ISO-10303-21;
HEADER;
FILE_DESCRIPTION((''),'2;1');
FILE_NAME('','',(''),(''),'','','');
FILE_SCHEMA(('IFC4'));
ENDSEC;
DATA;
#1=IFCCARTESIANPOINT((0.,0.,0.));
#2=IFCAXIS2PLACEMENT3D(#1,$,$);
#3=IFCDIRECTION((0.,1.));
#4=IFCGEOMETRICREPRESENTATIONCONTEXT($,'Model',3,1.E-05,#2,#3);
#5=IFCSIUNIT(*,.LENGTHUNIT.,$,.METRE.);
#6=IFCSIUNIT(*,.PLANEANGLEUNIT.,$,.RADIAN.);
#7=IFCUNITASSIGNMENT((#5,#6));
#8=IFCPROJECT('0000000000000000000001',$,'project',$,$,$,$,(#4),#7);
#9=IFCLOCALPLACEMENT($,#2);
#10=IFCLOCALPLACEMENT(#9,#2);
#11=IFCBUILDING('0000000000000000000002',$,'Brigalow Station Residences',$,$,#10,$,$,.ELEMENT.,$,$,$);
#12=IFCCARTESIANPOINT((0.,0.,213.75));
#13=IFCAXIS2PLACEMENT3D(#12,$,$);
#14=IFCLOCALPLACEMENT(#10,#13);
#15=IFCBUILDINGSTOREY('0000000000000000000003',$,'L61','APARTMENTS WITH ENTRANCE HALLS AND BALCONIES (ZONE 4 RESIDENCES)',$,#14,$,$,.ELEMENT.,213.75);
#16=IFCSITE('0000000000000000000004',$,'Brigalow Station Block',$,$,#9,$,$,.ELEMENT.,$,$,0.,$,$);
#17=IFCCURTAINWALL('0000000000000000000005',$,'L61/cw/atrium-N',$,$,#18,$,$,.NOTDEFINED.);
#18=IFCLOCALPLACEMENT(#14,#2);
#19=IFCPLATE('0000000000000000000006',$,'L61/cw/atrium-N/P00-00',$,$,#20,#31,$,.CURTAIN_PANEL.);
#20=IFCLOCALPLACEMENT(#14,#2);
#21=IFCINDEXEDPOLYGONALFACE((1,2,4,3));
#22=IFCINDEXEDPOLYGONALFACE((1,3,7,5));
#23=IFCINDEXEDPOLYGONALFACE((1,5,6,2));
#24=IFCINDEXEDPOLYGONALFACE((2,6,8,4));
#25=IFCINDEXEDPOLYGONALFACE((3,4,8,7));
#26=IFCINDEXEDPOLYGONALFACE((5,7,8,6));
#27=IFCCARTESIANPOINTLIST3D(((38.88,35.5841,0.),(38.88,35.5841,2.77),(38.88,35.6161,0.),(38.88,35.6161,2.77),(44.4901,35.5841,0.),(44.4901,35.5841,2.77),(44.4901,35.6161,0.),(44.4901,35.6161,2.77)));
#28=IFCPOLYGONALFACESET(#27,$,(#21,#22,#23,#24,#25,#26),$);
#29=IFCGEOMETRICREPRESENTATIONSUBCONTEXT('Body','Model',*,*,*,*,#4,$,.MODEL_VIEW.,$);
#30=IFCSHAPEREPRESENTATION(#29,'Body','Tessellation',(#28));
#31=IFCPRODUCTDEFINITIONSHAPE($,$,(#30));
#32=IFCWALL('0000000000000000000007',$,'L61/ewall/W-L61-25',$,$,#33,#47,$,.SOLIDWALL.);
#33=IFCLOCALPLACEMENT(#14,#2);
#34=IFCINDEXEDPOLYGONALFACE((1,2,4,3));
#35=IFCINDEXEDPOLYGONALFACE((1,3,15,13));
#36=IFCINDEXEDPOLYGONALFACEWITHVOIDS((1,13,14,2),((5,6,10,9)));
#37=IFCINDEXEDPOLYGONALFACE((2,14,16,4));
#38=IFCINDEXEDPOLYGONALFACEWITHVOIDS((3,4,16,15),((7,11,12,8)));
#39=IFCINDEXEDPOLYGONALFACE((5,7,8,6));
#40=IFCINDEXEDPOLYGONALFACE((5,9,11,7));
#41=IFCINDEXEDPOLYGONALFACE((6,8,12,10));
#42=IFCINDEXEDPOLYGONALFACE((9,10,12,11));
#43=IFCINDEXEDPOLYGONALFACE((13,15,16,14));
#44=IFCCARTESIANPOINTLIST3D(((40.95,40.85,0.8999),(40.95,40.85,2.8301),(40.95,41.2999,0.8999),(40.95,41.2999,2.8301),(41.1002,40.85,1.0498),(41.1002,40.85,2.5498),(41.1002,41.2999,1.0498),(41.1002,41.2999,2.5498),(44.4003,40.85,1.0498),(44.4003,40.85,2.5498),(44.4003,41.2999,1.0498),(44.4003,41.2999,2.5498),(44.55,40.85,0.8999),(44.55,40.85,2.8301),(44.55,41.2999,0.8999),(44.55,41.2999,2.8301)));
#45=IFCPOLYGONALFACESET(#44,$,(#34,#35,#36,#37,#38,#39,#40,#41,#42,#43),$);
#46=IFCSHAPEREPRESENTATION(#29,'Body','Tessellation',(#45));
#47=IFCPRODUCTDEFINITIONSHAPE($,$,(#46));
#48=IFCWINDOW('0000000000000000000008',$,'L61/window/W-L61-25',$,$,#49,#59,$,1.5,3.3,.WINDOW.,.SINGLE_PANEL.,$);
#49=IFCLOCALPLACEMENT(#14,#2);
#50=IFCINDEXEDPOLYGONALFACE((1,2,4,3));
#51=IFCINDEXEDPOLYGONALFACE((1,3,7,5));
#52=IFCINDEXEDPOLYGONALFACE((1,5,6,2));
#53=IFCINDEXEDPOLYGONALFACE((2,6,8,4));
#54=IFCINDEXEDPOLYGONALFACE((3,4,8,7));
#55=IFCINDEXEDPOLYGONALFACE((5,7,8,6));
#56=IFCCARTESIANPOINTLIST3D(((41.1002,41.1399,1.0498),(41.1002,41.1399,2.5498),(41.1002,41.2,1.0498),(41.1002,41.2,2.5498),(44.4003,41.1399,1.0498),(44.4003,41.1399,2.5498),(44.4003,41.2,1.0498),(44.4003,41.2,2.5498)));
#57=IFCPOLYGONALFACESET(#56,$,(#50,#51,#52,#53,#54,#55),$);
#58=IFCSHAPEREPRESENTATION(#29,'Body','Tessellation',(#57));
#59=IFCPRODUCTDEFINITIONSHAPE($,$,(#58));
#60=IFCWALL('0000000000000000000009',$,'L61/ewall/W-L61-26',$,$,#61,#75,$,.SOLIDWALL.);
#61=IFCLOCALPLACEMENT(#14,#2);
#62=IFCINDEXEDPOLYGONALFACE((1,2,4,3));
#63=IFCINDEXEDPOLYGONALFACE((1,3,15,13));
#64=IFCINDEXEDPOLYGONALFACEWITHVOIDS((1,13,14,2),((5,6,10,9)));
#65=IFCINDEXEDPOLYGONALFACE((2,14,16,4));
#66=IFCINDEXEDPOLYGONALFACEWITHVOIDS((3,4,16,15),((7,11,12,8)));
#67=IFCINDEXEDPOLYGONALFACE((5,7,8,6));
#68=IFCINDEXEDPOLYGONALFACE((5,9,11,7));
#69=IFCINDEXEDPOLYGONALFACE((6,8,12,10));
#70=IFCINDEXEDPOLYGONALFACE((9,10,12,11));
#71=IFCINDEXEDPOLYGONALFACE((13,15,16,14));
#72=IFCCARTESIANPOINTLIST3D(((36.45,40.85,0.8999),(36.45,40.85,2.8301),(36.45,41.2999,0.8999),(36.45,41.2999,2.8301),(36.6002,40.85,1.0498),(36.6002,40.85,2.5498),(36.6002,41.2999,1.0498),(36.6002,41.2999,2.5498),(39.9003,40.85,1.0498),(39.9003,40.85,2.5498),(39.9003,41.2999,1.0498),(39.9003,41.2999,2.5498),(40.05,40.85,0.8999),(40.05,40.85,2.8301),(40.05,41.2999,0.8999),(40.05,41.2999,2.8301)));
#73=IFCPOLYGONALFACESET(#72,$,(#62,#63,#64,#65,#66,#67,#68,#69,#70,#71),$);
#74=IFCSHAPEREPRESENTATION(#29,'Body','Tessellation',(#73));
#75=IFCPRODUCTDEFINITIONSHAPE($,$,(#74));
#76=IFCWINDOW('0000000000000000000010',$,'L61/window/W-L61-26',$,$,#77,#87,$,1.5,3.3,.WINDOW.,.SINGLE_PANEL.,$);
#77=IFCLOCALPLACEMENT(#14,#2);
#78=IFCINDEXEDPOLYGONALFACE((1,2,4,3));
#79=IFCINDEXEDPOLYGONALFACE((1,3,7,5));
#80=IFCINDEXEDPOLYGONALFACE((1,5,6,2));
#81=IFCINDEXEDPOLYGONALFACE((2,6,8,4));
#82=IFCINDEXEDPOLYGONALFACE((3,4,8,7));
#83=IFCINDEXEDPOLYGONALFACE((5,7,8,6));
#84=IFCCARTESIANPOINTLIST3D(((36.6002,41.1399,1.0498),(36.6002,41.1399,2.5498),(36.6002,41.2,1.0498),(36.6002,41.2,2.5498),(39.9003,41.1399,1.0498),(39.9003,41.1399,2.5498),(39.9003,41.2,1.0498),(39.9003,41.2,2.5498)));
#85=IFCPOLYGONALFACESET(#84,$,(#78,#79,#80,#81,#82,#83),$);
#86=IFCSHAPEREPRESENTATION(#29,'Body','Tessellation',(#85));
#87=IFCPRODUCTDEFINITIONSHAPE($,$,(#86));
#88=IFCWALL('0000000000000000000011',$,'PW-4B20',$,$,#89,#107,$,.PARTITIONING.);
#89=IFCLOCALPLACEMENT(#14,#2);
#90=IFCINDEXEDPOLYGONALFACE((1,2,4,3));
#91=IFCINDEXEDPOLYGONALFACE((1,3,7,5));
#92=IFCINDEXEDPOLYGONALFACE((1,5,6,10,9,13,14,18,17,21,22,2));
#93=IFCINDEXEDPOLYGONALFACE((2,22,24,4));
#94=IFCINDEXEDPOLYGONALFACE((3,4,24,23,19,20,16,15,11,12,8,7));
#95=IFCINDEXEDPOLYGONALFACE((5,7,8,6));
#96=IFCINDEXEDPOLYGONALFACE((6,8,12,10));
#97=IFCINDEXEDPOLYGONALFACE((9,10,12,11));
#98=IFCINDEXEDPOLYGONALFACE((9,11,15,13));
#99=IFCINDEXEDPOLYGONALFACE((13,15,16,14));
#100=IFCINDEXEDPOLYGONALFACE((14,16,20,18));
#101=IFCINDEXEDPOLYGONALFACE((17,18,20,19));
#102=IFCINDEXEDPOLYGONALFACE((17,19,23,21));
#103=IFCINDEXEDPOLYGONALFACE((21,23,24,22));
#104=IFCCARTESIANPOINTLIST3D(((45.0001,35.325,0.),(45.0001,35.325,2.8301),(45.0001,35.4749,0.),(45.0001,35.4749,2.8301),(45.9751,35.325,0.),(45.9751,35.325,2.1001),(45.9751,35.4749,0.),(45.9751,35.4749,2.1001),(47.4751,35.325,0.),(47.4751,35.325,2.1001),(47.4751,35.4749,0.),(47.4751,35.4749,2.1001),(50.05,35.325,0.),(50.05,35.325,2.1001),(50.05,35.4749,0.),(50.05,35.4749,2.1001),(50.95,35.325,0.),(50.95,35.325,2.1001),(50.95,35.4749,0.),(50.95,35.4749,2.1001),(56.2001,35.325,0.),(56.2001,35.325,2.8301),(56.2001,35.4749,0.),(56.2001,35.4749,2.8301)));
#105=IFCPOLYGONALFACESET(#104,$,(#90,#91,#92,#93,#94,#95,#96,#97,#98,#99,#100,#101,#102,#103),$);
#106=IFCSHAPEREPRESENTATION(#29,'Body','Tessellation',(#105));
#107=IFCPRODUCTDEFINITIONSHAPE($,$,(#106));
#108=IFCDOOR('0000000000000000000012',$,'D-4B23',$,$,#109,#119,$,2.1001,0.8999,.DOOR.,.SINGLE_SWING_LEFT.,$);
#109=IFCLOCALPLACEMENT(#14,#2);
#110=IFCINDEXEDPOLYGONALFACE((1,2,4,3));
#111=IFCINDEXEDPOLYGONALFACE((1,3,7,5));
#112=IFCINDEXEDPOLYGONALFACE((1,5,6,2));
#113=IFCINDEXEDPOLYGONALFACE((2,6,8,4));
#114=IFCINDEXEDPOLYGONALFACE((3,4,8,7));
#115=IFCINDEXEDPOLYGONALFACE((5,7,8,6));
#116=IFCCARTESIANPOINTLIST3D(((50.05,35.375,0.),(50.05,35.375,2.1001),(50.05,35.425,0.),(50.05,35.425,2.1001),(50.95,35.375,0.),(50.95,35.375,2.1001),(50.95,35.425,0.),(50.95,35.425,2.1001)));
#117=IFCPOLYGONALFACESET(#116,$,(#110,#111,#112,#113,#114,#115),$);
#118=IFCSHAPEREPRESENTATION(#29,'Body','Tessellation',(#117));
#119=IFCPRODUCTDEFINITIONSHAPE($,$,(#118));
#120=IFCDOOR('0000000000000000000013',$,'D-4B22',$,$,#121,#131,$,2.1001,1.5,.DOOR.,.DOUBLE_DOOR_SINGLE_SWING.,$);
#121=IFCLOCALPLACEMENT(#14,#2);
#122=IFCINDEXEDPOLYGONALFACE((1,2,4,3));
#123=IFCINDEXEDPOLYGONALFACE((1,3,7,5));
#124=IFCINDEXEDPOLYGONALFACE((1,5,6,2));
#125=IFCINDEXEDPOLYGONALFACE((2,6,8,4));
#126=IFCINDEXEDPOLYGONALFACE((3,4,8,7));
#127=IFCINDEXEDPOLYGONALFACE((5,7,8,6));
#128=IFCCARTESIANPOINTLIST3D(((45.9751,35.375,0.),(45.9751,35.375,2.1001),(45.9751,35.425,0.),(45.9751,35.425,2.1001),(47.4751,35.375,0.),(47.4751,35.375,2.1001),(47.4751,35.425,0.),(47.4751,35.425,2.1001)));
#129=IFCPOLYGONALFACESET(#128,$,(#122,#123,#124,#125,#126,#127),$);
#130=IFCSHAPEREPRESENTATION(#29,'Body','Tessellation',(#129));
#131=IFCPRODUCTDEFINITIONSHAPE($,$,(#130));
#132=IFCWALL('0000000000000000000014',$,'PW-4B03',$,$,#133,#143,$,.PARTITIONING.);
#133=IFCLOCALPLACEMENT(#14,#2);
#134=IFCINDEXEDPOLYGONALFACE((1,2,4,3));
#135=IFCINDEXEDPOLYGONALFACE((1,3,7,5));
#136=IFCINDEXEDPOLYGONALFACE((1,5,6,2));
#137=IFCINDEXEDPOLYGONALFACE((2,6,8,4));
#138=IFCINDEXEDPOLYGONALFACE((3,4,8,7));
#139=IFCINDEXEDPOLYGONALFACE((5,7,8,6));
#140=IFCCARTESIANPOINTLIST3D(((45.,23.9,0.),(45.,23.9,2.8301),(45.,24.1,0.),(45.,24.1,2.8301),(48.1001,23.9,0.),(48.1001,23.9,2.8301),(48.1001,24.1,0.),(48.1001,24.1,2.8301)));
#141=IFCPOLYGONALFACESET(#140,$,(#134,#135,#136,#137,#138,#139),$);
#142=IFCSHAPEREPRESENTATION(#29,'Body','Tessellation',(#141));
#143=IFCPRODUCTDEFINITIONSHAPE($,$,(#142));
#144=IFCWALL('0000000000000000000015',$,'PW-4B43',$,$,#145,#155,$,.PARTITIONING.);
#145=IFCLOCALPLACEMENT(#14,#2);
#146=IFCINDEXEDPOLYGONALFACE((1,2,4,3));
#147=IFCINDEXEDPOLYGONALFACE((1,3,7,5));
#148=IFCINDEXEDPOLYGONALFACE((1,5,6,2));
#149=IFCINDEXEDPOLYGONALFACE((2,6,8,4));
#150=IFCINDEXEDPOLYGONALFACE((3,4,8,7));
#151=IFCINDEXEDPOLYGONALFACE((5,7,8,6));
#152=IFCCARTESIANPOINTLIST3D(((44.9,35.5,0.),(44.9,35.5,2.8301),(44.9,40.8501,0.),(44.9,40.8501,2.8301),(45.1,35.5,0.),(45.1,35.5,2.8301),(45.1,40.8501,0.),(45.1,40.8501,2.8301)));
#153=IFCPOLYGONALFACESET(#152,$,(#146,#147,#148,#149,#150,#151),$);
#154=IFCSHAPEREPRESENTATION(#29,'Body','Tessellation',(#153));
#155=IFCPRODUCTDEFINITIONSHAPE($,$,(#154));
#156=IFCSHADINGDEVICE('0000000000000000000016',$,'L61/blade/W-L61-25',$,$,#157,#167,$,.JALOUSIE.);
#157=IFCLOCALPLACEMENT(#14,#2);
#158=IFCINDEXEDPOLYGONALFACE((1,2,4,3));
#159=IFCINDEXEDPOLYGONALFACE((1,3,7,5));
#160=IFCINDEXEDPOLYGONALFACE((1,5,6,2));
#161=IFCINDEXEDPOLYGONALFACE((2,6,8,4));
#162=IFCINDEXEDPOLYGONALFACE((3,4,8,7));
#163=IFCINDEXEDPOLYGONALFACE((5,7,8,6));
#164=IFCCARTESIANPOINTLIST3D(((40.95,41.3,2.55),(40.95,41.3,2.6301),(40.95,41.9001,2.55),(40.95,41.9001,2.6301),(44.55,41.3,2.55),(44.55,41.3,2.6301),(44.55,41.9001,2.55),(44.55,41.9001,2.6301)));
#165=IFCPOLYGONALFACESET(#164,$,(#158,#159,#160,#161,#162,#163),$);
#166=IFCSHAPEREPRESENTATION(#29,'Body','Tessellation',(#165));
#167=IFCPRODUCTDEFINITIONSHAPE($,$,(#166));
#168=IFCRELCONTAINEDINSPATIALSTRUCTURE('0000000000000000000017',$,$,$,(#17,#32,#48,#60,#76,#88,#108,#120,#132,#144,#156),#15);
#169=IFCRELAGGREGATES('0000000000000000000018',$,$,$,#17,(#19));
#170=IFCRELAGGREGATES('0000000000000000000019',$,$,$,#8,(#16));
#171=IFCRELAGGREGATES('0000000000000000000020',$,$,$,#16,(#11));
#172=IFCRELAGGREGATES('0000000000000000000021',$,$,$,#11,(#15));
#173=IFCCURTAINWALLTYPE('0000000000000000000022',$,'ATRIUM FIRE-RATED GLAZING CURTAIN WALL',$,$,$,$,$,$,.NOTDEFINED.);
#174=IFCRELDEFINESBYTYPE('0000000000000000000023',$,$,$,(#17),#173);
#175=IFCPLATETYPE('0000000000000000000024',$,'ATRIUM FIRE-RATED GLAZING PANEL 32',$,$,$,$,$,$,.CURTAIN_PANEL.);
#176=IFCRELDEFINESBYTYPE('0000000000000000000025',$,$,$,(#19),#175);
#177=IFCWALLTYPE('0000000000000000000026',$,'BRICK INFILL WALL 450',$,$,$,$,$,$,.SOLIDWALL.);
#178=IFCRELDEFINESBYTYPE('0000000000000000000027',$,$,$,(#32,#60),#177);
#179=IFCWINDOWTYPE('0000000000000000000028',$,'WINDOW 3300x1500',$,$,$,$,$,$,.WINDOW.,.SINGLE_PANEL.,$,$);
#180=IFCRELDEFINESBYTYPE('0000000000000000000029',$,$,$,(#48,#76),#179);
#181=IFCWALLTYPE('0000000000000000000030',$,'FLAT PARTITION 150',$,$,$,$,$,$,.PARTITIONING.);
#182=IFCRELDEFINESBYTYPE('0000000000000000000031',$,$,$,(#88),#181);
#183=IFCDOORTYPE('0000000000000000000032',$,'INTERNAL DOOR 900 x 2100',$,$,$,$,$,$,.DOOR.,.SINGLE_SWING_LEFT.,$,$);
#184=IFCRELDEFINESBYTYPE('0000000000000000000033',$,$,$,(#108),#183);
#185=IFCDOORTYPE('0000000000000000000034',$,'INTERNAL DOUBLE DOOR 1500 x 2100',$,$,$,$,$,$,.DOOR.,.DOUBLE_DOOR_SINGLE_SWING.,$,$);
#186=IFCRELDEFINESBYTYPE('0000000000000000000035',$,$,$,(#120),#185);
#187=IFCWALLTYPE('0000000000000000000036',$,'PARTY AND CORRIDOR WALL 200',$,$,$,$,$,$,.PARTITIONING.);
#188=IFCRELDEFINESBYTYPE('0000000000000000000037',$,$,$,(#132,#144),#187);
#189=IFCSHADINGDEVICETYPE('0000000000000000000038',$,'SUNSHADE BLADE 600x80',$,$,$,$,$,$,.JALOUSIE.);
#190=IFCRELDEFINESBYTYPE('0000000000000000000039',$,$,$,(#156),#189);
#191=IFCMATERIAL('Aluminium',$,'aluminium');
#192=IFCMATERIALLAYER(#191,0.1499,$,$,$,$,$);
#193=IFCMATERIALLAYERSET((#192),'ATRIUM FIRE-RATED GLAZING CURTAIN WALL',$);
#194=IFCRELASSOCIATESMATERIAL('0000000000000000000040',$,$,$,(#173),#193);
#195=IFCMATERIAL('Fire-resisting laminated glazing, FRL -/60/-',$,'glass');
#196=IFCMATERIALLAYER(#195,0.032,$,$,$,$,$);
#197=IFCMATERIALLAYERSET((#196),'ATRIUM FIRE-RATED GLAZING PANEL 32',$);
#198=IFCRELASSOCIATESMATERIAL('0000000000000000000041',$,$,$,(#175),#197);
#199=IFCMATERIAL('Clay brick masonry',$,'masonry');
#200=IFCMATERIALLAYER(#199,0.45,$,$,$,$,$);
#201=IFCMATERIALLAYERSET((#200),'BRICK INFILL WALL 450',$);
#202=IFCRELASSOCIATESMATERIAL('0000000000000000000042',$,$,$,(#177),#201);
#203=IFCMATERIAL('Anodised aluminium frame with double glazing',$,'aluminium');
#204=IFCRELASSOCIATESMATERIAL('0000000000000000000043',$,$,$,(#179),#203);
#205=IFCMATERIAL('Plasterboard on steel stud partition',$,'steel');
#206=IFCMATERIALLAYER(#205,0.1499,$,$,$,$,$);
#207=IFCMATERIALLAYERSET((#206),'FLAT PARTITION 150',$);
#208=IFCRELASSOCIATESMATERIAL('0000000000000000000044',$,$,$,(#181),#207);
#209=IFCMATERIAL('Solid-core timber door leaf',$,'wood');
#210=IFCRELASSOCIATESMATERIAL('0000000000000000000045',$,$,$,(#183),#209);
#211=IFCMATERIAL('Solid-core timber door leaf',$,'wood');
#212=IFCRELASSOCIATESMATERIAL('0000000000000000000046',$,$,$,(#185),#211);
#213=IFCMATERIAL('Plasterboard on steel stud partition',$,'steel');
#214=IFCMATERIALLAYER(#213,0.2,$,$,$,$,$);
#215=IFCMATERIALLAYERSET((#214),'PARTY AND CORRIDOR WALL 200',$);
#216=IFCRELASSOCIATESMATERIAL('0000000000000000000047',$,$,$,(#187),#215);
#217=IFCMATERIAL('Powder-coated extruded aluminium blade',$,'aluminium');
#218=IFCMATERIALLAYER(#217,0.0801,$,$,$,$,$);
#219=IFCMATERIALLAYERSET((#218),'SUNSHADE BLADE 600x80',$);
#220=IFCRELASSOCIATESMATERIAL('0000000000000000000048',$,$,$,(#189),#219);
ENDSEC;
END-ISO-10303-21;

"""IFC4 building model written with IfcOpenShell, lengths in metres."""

from ifc_helpers import new_model, si_unit, direction, frame, frame_2d, origin, origin_2d, place, context, subcontext, project, spatial, rectangle, extrude, material, layer, layer_set, type_object, element, fill, aggregate, save


model = new_model("IFC4")

# Units and contexts
model_context = context("Model", 3, precision=1e-05, world=origin(), true_north=direction((0.0, 1.0)))
body_context = subcontext(model_context, "Body", "Model", "MODEL_VIEW")
ifc_project = project(units=[si_unit("LENGTHUNIT", "METRE"), si_unit("PLANEANGLEUNIT", "RADIAN")], contexts=[model_context])

# Site, building, storey
site_placement = place(None, origin())
site = spatial("IfcSite", under=ifc_project, at=site_placement, Name="Brigalow Station Block", CompositionType="ELEMENT", RefElevation=0.0)
building_placement = place(site_placement, origin())
building = spatial("IfcBuilding", under=site, at=building_placement, Name="Brigalow Station Residences", CompositionType="ELEMENT")
storey_placement = place(building_placement, frame((0.0, 0.0, 213.75)))
storey = spatial("IfcBuildingStorey", under=building, at=storey_placement, Name="L61", Description="APARTMENTS WITH ENTRANCE HALLS AND BALCONIES (ZONE 4 RESIDENCES)", CompositionType="ELEMENT", Elevation=213.75)

# Shared definitions
ifc_material_1 = material(Name="Aluminium", Category="aluminium")
ifc_layer_1 = layer(ifc_material_1, 0.1499)
ifc_layer_set_1 = layer_set([ifc_layer_1], Name="ATRIUM FIRE-RATED GLAZING CURTAIN WALL")
curtain_wall_type = type_object("IfcCurtainWallType", Name="ATRIUM FIRE-RATED GLAZING CURTAIN WALL", PredefinedType="NOTDEFINED", material=ifc_layer_set_1)

# Curtain wall
curtain_wall_1_placement = place(storey_placement, origin())
curtain_wall_1 = element("IfcCurtainWall", 1, at=curtain_wall_1_placement, inside=storey, type_object=curtain_wall_type, Name="L61/cw/atrium-N", PredefinedType="NOTDEFINED")

# Plate
ifc_material_2 = material(Name="Fire-resisting laminated glazing, FRL -/60/-", Category="glass")
ifc_layer_2 = layer(ifc_material_2, 0.032)
ifc_layer_set_2 = layer_set([ifc_layer_2], Name="ATRIUM FIRE-RATED GLAZING PANEL 32")
plate_type = type_object("IfcPlateType", Name="ATRIUM FIRE-RATED GLAZING PANEL 32", PredefinedType="CURTAIN_PANEL", material=ifc_layer_set_2)
plate_1_placement = place(storey_placement, frame((41.6851, 35.6001, 0.0), z_axis=(0.0, 0.0, 1.0), x_axis=(-1.0, 0.0, 0.0)))
plate_1 = element("IfcPlate", 2, at=plate_1_placement, type_object=plate_type, Name="L61/cw/atrium-N/P00-00", PredefinedType="CURTAIN_PANEL", context=body_context, shape_type="SweptSolid", body=[
    extrude(rectangle(XDim=5.6101, YDim=0.032, at=origin_2d()), origin(), (0.0, 0.0, 1.0), 2.77),
])
aggregate(curtain_wall_1, [plate_1])

# Walls, openings, windows
ifc_material_3 = material(Name="Clay brick masonry", Category="masonry")
ifc_layer_3 = layer(ifc_material_3, 0.45)
ifc_layer_set_3 = layer_set([ifc_layer_3], Name="BRICK INFILL WALL 450")
wall_type_1 = type_object("IfcWallType", Name="BRICK INFILL WALL 450", PredefinedType="SOLIDWALL", material=ifc_layer_set_3)
wall_1_placement = place(storey_placement, frame((44.55, 41.075, 0.8999), z_axis=(0.0, 0.0, 1.0), x_axis=(-1.0, 0.0, 0.0)))
wall_1 = element("IfcWall", 3, at=wall_1_placement, inside=storey, type_object=wall_type_1, Name="L61/ewall/W-L61-25", PredefinedType="SOLIDWALL", context=body_context, shape_type="SweptSolid", body=[
    extrude(rectangle(XDim=3.6001, YDim=0.45, at=frame_2d((1.8, 0.0))), origin(), (0.0, 0.0, 1.0), 1.9302),
])
opening_1_placement = place(wall_1_placement, frame((0.1499, 0.0, 0.1499)))
opening_1 = element("IfcOpeningElement", 4, at=opening_1_placement, cuts=wall_1, PredefinedType="OPENING", context=body_context, shape_type="SweptSolid", body=[
    extrude(rectangle(XDim=3.3, YDim=1.5, at=frame_2d((1.6499, 0.75))), frame((0.0, 0.2349, 0.0), z_axis=(0.0, -1.0, 0.0), x_axis=(1.0, 0.0, 0.0)), (0.0, 0.0, 1.0), 0.47),
])
ifc_material_4 = material(Name="Anodised aluminium frame with double glazing", Category="aluminium")
window_type = type_object("IfcWindowType", Name="WINDOW 3300x1500", PartitioningType="SINGLE_PANEL", PredefinedType="WINDOW", material=ifc_material_4)
window_1_placement = place(opening_1_placement, origin())
window_1 = element("IfcWindow", 5, at=window_1_placement, inside=storey, type_object=window_type, Name="L61/window/W-L61-25", OverallHeight=1.5, OverallWidth=3.3, PartitioningType="SINGLE_PANEL", PredefinedType="WINDOW", context=body_context, shape_type="SweptSolid", body=[
    extrude(rectangle(XDim=3.3, YDim=1.5, at=frame_2d((1.6499, 0.75))), frame((0.0, -0.0649, 0.0), z_axis=(0.0, -1.0, 0.0), x_axis=(1.0, 0.0, 0.0)), (0.0, 0.0, 1.0), 0.0601),
])
fill(opening_1, window_1)
wall_2_placement = place(storey_placement, frame((40.05, 41.075, 0.8999), z_axis=(0.0, 0.0, 1.0), x_axis=(-1.0, 0.0, 0.0)))
wall_2 = element("IfcWall", 6, at=wall_2_placement, inside=storey, type_object=wall_type_1, Name="L61/ewall/W-L61-26", PredefinedType="SOLIDWALL", context=body_context, shape_type="SweptSolid", body=[
    extrude(rectangle(XDim=3.6001, YDim=0.45, at=frame_2d((1.8, 0.0))), origin(), (0.0, 0.0, 1.0), 1.9302),
])
opening_2_placement = place(wall_2_placement, frame((0.1499, 0.0, 0.1499)))
opening_2 = element("IfcOpeningElement", 7, at=opening_2_placement, cuts=wall_2, PredefinedType="OPENING", context=body_context, shape_type="SweptSolid", body=[
    extrude(rectangle(XDim=3.3, YDim=1.5, at=frame_2d((1.6499, 0.75))), frame((0.0, 0.2349, 0.0), z_axis=(0.0, -1.0, 0.0), x_axis=(1.0, 0.0, 0.0)), (0.0, 0.0, 1.0), 0.47),
])
window_2_placement = place(opening_2_placement, origin())
window_2 = element("IfcWindow", 8, at=window_2_placement, inside=storey, type_object=window_type, Name="L61/window/W-L61-26", OverallHeight=1.5, OverallWidth=3.3, PartitioningType="SINGLE_PANEL", PredefinedType="WINDOW", context=body_context, shape_type="SweptSolid", body=[
    extrude(rectangle(XDim=3.3, YDim=1.5, at=frame_2d((1.6499, 0.75))), frame((0.0, -0.0649, 0.0), z_axis=(0.0, -1.0, 0.0), x_axis=(1.0, 0.0, 0.0)), (0.0, 0.0, 1.0), 0.0601),
])
fill(opening_2, window_2)

# Wall, openings, doors
ifc_material_5 = material(Name="Plasterboard on steel stud partition", Category="steel")
ifc_layer_4 = layer(ifc_material_5, 0.1499)
ifc_layer_set_4 = layer_set([ifc_layer_4], Name="FLAT PARTITION 150")
wall_type_2 = type_object("IfcWallType", Name="FLAT PARTITION 150", PredefinedType="PARTITIONING", material=ifc_layer_set_4)
wall_3_placement = place(storey_placement, frame((45.0, 35.3999, 0.0), z_axis=(0.0, 0.0, 1.0), x_axis=(1.0, 0.0, 0.0)))
wall_3 = element("IfcWall", 9, at=wall_3_placement, inside=storey, type_object=wall_type_2, Name="PW-4B20", PredefinedType="PARTITIONING", context=body_context, shape_type="SweptSolid", body=[
    extrude(rectangle(XDim=11.2, YDim=0.1499, at=frame_2d((5.6001, 0.0))), origin(), (0.0, 0.0, 1.0), 2.8301),
])
opening_3_placement = place(wall_3_placement, frame((0.9751, 0.0, 0.0)))
opening_3 = element("IfcOpeningElement", 10, at=opening_3_placement, cuts=wall_3, PredefinedType="OPENING", context=body_context, shape_type="SweptSolid", body=[
    extrude(rectangle(XDim=1.5, YDim=2.1001, at=frame_2d((0.75, 1.05))), frame((0.0, 0.085, 0.0), z_axis=(0.0, -1.0, 0.0), x_axis=(1.0, 0.0, 0.0)), (0.0, 0.0, 1.0), 0.1699),
])
opening_4_placement = place(wall_3_placement, frame((5.05, 0.0, 0.0)))
opening_4 = element("IfcOpeningElement", 11, at=opening_4_placement, cuts=wall_3, PredefinedType="OPENING", context=body_context, shape_type="SweptSolid", body=[
    extrude(rectangle(XDim=0.8999, YDim=2.1001, at=frame_2d((0.45, 1.05))), frame((0.0, 0.085, 0.0), z_axis=(0.0, -1.0, 0.0), x_axis=(1.0, 0.0, 0.0)), (0.0, 0.0, 1.0), 0.1699),
])
ifc_material_6 = material(Name="Solid-core timber door leaf", Category="wood")
door_type_1 = type_object("IfcDoorType", Name="INTERNAL DOOR 900 x 2100", OperationType="SINGLE_SWING_LEFT", PredefinedType="DOOR", material=ifc_material_6)
door_1_placement = place(opening_4_placement, frame((0.8999, 0.0, 0.0), z_axis=(0.0, 0.0, 1.0), x_axis=(-1.0, 0.0, 0.0)))
door_1 = element("IfcDoor", 12, at=door_1_placement, inside=storey, type_object=door_type_1, Name="D-4B23", OperationType="SINGLE_SWING_LEFT", OverallHeight=2.1001, OverallWidth=0.8999, PredefinedType="DOOR", context=body_context, shape_type="SweptSolid", body=[
    extrude(rectangle(XDim=0.8999, YDim=2.1001, at=frame_2d((0.45, 1.05))), frame((0.0, 0.0249, 0.0), z_axis=(0.0, -1.0, 0.0), x_axis=(1.0, 0.0, 0.0)), (0.0, 0.0, 1.0), 0.05),
])
fill(opening_4, door_1)
ifc_material_7 = material(Name="Solid-core timber door leaf", Category="wood")
door_type_2 = type_object("IfcDoorType", Name="INTERNAL DOUBLE DOOR 1500 x 2100", OperationType="DOUBLE_DOOR_SINGLE_SWING", PredefinedType="DOOR", material=ifc_material_7)
door_2_placement = place(opening_3_placement, frame((1.5, 0.0, 0.0), z_axis=(0.0, 0.0, 1.0), x_axis=(-1.0, 0.0, 0.0)))
door_2 = element("IfcDoor", 13, at=door_2_placement, inside=storey, type_object=door_type_2, Name="D-4B22", OperationType="DOUBLE_DOOR_SINGLE_SWING", OverallHeight=2.1001, OverallWidth=1.5, PredefinedType="DOOR", context=body_context, shape_type="SweptSolid", body=[
    extrude(rectangle(XDim=1.5, YDim=2.1001, at=frame_2d((0.75, 1.05))), frame((0.0, 0.0249, 0.0), z_axis=(0.0, -1.0, 0.0), x_axis=(1.0, 0.0, 0.0)), (0.0, 0.0, 1.0), 0.05),
])
fill(opening_3, door_2)

# Walls
ifc_material_8 = material(Name="Plasterboard on steel stud partition", Category="steel")
ifc_layer_5 = layer(ifc_material_8, 0.2)
ifc_layer_set_5 = layer_set([ifc_layer_5], Name="PARTY AND CORRIDOR WALL 200")
wall_type_3 = type_object("IfcWallType", Name="PARTY AND CORRIDOR WALL 200", PredefinedType="PARTITIONING", material=ifc_layer_set_5)
wall_4_placement = place(storey_placement, frame((45.0, 24.0, 0.0), z_axis=(0.0, 0.0, 1.0), x_axis=(1.0, 0.0, 0.0)))
element("IfcWall", 14, at=wall_4_placement, inside=storey, type_object=wall_type_3, Name="PW-4B03", PredefinedType="PARTITIONING", context=body_context, shape_type="SweptSolid", body=[
    extrude(rectangle(XDim=3.1001, YDim=0.2, at=frame_2d((1.55, 0.0))), origin(), (0.0, 0.0, 1.0), 2.8301),
])
wall_5_placement = place(storey_placement, frame((45.0, 35.5, 0.0), z_axis=(0.0, 0.0, 1.0), x_axis=(0.0, 1.0, 0.0)))
element("IfcWall", 15, at=wall_5_placement, inside=storey, type_object=wall_type_3, Name="PW-4B43", PredefinedType="PARTITIONING", context=body_context, shape_type="SweptSolid", body=[
    extrude(rectangle(XDim=5.3501, YDim=0.2, at=frame_2d((2.675, 0.0))), origin(), (0.0, 0.0, 1.0), 2.8301),
])

# Shading device
ifc_material_9 = material(Name="Powder-coated extruded aluminium blade", Category="aluminium")
ifc_layer_6 = layer(ifc_material_9, 0.0801)
ifc_layer_set_6 = layer_set([ifc_layer_6], Name="SUNSHADE BLADE 600x80")
shading_device_type = type_object("IfcShadingDeviceType", Name="SUNSHADE BLADE 600x80", PredefinedType="JALOUSIE", material=ifc_layer_set_6)
for number, where, z_axis, x_axis, name in (
    (16, (42.75, 41.6001, 2.55), (0.0, 0.0, 1.0), (-1.0, 0.0, 0.0), "L61/blade/W-L61-25"),
):
    element("IfcShadingDevice", number, at=place(storey_placement, frame(where, z_axis=z_axis, x_axis=x_axis)), inside=storey, type_object=shading_device_type, Name=name, PredefinedType="JALOUSIE", context=body_context, shape_type="SweptSolid", body=[
        extrude(rectangle(XDim=3.6001, YDim=0.6001, at=origin_2d()), origin(), (0.0, 0.0, 1.0), 0.0801),
    ])

save(model, "model.ifc")
